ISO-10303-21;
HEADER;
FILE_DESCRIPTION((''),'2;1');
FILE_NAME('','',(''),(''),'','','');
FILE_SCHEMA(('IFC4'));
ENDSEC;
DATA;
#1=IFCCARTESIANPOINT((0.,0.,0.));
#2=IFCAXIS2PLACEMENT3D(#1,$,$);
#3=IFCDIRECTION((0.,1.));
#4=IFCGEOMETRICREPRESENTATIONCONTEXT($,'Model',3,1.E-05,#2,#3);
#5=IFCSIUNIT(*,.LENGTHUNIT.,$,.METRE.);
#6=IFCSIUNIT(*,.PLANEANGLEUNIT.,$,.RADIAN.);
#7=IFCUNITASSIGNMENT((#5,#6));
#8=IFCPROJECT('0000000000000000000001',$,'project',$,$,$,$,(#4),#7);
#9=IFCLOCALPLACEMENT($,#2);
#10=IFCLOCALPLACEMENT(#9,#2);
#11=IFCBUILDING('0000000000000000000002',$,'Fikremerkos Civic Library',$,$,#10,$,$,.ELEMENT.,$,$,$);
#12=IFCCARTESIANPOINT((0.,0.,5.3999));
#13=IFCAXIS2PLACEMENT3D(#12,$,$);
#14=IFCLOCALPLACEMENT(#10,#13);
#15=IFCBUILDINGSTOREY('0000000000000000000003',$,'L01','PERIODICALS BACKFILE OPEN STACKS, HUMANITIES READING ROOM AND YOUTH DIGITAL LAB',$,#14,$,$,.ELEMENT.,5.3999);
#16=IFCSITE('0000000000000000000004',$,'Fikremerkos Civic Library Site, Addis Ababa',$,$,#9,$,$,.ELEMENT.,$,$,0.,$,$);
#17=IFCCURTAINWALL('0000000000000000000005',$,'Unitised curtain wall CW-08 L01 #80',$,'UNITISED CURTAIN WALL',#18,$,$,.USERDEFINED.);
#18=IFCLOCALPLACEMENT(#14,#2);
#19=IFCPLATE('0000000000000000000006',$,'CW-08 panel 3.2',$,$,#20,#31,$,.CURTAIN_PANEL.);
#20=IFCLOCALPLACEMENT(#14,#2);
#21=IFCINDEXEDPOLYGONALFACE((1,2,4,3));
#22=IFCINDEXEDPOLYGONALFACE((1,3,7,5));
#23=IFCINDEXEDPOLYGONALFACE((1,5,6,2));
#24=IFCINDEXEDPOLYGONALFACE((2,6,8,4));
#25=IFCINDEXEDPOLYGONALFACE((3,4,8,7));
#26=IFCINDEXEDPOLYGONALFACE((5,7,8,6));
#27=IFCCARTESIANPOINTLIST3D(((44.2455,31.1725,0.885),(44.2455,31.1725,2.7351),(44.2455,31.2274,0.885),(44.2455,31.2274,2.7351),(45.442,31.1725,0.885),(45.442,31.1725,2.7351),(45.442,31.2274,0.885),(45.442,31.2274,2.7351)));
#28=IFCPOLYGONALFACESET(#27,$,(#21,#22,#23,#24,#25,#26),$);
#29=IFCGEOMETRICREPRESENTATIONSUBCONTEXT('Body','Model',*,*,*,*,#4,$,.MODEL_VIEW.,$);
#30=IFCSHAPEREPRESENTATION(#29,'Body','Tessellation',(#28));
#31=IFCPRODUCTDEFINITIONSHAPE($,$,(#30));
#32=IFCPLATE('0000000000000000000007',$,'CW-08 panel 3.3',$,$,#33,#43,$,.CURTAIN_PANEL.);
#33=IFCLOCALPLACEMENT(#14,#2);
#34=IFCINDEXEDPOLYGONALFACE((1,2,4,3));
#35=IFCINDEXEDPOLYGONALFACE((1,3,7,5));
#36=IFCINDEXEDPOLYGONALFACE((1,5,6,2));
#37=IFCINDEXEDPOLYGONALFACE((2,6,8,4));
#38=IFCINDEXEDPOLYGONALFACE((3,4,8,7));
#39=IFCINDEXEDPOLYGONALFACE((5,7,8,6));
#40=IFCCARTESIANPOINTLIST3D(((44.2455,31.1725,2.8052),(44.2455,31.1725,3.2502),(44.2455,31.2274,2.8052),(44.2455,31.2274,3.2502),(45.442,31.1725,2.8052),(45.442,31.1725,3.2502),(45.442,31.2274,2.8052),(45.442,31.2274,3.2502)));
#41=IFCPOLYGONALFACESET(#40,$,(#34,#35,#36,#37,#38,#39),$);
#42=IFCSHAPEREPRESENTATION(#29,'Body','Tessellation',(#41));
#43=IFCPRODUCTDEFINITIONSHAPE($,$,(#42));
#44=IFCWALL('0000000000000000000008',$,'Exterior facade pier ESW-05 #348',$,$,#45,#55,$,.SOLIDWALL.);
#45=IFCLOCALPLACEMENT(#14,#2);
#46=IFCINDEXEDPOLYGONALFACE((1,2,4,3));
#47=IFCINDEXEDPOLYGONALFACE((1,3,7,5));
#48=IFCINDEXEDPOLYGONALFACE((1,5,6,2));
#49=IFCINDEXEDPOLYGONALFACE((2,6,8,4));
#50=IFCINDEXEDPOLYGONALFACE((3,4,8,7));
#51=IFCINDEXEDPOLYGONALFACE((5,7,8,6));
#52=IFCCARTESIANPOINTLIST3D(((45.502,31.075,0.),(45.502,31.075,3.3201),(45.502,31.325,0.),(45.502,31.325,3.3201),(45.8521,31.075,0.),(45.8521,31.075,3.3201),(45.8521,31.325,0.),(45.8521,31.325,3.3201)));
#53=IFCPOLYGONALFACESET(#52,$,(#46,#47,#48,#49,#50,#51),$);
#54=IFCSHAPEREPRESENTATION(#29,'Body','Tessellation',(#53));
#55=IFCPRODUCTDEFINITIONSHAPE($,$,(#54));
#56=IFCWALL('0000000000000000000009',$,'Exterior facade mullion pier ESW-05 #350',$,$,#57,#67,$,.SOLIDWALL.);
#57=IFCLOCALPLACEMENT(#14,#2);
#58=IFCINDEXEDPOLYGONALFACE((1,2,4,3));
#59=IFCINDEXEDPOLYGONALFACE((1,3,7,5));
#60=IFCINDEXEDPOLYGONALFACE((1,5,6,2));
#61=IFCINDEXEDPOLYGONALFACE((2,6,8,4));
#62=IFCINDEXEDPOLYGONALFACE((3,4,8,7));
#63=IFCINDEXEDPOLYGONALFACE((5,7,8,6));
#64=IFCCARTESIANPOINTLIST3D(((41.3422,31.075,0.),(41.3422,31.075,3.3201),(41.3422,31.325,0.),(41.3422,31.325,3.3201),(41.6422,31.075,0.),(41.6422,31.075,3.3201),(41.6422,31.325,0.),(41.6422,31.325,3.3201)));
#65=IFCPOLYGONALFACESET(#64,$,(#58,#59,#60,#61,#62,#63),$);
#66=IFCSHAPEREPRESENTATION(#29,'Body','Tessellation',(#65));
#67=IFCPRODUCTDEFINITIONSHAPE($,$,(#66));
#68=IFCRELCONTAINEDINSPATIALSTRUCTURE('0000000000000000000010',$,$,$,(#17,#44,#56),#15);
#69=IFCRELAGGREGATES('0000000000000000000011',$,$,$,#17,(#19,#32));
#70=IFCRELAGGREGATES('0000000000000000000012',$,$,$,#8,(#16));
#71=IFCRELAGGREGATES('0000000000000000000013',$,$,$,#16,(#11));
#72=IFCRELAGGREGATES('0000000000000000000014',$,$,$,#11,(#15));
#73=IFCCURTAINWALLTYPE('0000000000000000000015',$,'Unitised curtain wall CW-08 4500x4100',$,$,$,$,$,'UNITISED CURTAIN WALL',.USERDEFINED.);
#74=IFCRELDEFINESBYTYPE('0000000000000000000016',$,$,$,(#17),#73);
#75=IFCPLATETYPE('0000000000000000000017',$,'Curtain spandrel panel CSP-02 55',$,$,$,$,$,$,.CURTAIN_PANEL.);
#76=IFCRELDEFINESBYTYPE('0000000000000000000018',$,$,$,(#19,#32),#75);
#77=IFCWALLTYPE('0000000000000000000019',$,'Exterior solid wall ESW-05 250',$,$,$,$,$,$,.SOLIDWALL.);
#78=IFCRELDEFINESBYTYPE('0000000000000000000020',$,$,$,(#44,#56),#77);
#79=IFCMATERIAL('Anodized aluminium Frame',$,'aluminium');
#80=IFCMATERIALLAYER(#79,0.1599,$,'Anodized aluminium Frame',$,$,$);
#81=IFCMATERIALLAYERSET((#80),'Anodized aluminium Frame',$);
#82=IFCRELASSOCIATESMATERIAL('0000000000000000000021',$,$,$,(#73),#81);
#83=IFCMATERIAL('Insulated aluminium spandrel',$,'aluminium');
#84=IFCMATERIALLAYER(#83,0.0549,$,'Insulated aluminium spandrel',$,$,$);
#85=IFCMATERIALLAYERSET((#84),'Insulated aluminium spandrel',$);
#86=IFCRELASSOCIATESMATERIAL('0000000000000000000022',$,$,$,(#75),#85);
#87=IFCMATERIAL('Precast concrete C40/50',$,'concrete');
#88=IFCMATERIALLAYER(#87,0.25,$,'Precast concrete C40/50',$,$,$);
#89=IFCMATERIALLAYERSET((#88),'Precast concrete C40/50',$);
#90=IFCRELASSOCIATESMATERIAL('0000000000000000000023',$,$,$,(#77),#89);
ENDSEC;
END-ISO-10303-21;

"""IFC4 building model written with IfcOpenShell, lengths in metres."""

from ifc_helpers import new_model, si_unit, direction, frame, frame_2d, origin, origin_2d, place, context, subcontext, project, spatial, rectangle, extrude, material, layer, layer_set, type_object, element, aggregate, save


model = new_model("IFC4")

# Units and contexts
model_context = context("Model", 3, precision=1e-05, world=origin(), true_north=direction((0.0, 1.0)))
body_context = subcontext(model_context, "Body", "Model", "MODEL_VIEW")
ifc_project = project(units=[si_unit("LENGTHUNIT", "METRE"), si_unit("PLANEANGLEUNIT", "RADIAN")], contexts=[model_context])

# Site, building, storey
site_placement = place(None, origin())
site = spatial("IfcSite", under=ifc_project, at=site_placement, Name="Fikremerkos Civic Library Site, Addis Ababa", CompositionType="ELEMENT", RefElevation=0.0)
building_placement = place(site_placement, origin())
building = spatial("IfcBuilding", under=site, at=building_placement, Name="Fikremerkos Civic Library", CompositionType="ELEMENT")
storey_placement = place(building_placement, frame((0.0, 0.0, 5.3999)))
storey = spatial("IfcBuildingStorey", under=building, at=storey_placement, Name="L01", Description="PERIODICALS BACKFILE OPEN STACKS, HUMANITIES READING ROOM AND YOUTH DIGITAL LAB", CompositionType="ELEMENT", Elevation=5.3999)

# Curtain wall
ifc_material_1 = material(Name="Anodized aluminium Frame", Category="aluminium")
ifc_layer_1 = layer(ifc_material_1, 0.1599, Name="Anodized aluminium Frame")
ifc_layer_set_1 = layer_set([ifc_layer_1], Name="Anodized aluminium Frame")
curtain_wall_type_1 = type_object("IfcCurtainWallType", Name="Unitised curtain wall CW-08 4500x4100", ElementType="UNITISED CURTAIN WALL", PredefinedType="USERDEFINED", material=ifc_layer_set_1)
curtain_wall_1_placement = place(storey_placement, origin())
curtain_wall_1 = element("IfcCurtainWall", 1, at=curtain_wall_1_placement, inside=storey, type_object=curtain_wall_type_1, Name="Unitised curtain wall CW-08 L01 #80", ObjectType="UNITISED CURTAIN WALL", PredefinedType="USERDEFINED")

# Plates
ifc_material_2 = material(Name="Insulated aluminium spandrel", Category="aluminium")
ifc_layer_2 = layer(ifc_material_2, 0.0549, Name="Insulated aluminium spandrel")
ifc_layer_set_2 = layer_set([ifc_layer_2], Name="Insulated aluminium spandrel")
plate_type_1 = type_object("IfcPlateType", Name="Curtain spandrel panel CSP-02 55", PredefinedType="CURTAIN_PANEL", material=ifc_layer_set_2)
plate_1_placement = place(storey_placement, frame((44.8438, 31.2, 0.885), z_axis=(0.0, 0.0, 1.0), x_axis=(1.0, 0.0, 0.0)))
plate_1 = element("IfcPlate", 2, at=plate_1_placement, type_object=plate_type_1, Name="CW-08 panel 3.2", PredefinedType="CURTAIN_PANEL", context=body_context, shape_type="SweptSolid", body=[
    extrude(rectangle(XDim=1.1965, YDim=0.0549, at=origin_2d()), origin(), (0.0, 0.0, 1.0), 1.8501),
])
plate_2_placement = place(storey_placement, frame((44.8438, 31.2, 2.8052), z_axis=(0.0, 0.0, 1.0), x_axis=(1.0, 0.0, 0.0)))
plate_2 = element("IfcPlate", 3, at=plate_2_placement, type_object=plate_type_1, Name="CW-08 panel 3.3", PredefinedType="CURTAIN_PANEL", context=body_context, shape_type="SweptSolid", body=[
    extrude(rectangle(XDim=1.1965, YDim=0.0549, at=origin_2d()), origin(), (0.0, 0.0, 1.0), 0.4451),
])
aggregate(curtain_wall_1, [plate_1, plate_2])

# Walls
ifc_material_3 = material(Name="Precast concrete C40/50", Category="concrete")
ifc_layer_3 = layer(ifc_material_3, 0.25, Name="Precast concrete C40/50")
ifc_layer_set_3 = layer_set([ifc_layer_3], Name="Precast concrete C40/50")
wall_type = type_object("IfcWallType", Name="Exterior solid wall ESW-05 250", PredefinedType="SOLIDWALL", material=ifc_layer_set_3)
wall_1_placement = place(storey_placement, frame((45.502, 31.2, 0.0), z_axis=(0.0, 0.0, 1.0), x_axis=(1.0, 0.0, 0.0)))
element("IfcWall", 4, at=wall_1_placement, inside=storey, type_object=wall_type, Name="Exterior facade pier ESW-05 #348", PredefinedType="SOLIDWALL", context=body_context, shape_type="SweptSolid", body=[
    extrude(rectangle(XDim=0.3501, YDim=0.25, at=frame_2d((0.175, 0.0))), origin(), (0.0, 0.0, 1.0), 3.3201),
])
wall_2_placement = place(storey_placement, frame((41.3423, 31.2, 0.0), z_axis=(0.0, 0.0, 1.0), x_axis=(1.0, 0.0, 0.0)))
element("IfcWall", 5, at=wall_2_placement, inside=storey, type_object=wall_type, Name="Exterior facade mullion pier ESW-05 #350", PredefinedType="SOLIDWALL", context=body_context, shape_type="SweptSolid", body=[
    extrude(rectangle(XDim=0.3, YDim=0.25, at=frame_2d((0.1499, 0.0))), origin(), (0.0, 0.0, 1.0), 3.3201),
])

save(model, "model.ifc")
